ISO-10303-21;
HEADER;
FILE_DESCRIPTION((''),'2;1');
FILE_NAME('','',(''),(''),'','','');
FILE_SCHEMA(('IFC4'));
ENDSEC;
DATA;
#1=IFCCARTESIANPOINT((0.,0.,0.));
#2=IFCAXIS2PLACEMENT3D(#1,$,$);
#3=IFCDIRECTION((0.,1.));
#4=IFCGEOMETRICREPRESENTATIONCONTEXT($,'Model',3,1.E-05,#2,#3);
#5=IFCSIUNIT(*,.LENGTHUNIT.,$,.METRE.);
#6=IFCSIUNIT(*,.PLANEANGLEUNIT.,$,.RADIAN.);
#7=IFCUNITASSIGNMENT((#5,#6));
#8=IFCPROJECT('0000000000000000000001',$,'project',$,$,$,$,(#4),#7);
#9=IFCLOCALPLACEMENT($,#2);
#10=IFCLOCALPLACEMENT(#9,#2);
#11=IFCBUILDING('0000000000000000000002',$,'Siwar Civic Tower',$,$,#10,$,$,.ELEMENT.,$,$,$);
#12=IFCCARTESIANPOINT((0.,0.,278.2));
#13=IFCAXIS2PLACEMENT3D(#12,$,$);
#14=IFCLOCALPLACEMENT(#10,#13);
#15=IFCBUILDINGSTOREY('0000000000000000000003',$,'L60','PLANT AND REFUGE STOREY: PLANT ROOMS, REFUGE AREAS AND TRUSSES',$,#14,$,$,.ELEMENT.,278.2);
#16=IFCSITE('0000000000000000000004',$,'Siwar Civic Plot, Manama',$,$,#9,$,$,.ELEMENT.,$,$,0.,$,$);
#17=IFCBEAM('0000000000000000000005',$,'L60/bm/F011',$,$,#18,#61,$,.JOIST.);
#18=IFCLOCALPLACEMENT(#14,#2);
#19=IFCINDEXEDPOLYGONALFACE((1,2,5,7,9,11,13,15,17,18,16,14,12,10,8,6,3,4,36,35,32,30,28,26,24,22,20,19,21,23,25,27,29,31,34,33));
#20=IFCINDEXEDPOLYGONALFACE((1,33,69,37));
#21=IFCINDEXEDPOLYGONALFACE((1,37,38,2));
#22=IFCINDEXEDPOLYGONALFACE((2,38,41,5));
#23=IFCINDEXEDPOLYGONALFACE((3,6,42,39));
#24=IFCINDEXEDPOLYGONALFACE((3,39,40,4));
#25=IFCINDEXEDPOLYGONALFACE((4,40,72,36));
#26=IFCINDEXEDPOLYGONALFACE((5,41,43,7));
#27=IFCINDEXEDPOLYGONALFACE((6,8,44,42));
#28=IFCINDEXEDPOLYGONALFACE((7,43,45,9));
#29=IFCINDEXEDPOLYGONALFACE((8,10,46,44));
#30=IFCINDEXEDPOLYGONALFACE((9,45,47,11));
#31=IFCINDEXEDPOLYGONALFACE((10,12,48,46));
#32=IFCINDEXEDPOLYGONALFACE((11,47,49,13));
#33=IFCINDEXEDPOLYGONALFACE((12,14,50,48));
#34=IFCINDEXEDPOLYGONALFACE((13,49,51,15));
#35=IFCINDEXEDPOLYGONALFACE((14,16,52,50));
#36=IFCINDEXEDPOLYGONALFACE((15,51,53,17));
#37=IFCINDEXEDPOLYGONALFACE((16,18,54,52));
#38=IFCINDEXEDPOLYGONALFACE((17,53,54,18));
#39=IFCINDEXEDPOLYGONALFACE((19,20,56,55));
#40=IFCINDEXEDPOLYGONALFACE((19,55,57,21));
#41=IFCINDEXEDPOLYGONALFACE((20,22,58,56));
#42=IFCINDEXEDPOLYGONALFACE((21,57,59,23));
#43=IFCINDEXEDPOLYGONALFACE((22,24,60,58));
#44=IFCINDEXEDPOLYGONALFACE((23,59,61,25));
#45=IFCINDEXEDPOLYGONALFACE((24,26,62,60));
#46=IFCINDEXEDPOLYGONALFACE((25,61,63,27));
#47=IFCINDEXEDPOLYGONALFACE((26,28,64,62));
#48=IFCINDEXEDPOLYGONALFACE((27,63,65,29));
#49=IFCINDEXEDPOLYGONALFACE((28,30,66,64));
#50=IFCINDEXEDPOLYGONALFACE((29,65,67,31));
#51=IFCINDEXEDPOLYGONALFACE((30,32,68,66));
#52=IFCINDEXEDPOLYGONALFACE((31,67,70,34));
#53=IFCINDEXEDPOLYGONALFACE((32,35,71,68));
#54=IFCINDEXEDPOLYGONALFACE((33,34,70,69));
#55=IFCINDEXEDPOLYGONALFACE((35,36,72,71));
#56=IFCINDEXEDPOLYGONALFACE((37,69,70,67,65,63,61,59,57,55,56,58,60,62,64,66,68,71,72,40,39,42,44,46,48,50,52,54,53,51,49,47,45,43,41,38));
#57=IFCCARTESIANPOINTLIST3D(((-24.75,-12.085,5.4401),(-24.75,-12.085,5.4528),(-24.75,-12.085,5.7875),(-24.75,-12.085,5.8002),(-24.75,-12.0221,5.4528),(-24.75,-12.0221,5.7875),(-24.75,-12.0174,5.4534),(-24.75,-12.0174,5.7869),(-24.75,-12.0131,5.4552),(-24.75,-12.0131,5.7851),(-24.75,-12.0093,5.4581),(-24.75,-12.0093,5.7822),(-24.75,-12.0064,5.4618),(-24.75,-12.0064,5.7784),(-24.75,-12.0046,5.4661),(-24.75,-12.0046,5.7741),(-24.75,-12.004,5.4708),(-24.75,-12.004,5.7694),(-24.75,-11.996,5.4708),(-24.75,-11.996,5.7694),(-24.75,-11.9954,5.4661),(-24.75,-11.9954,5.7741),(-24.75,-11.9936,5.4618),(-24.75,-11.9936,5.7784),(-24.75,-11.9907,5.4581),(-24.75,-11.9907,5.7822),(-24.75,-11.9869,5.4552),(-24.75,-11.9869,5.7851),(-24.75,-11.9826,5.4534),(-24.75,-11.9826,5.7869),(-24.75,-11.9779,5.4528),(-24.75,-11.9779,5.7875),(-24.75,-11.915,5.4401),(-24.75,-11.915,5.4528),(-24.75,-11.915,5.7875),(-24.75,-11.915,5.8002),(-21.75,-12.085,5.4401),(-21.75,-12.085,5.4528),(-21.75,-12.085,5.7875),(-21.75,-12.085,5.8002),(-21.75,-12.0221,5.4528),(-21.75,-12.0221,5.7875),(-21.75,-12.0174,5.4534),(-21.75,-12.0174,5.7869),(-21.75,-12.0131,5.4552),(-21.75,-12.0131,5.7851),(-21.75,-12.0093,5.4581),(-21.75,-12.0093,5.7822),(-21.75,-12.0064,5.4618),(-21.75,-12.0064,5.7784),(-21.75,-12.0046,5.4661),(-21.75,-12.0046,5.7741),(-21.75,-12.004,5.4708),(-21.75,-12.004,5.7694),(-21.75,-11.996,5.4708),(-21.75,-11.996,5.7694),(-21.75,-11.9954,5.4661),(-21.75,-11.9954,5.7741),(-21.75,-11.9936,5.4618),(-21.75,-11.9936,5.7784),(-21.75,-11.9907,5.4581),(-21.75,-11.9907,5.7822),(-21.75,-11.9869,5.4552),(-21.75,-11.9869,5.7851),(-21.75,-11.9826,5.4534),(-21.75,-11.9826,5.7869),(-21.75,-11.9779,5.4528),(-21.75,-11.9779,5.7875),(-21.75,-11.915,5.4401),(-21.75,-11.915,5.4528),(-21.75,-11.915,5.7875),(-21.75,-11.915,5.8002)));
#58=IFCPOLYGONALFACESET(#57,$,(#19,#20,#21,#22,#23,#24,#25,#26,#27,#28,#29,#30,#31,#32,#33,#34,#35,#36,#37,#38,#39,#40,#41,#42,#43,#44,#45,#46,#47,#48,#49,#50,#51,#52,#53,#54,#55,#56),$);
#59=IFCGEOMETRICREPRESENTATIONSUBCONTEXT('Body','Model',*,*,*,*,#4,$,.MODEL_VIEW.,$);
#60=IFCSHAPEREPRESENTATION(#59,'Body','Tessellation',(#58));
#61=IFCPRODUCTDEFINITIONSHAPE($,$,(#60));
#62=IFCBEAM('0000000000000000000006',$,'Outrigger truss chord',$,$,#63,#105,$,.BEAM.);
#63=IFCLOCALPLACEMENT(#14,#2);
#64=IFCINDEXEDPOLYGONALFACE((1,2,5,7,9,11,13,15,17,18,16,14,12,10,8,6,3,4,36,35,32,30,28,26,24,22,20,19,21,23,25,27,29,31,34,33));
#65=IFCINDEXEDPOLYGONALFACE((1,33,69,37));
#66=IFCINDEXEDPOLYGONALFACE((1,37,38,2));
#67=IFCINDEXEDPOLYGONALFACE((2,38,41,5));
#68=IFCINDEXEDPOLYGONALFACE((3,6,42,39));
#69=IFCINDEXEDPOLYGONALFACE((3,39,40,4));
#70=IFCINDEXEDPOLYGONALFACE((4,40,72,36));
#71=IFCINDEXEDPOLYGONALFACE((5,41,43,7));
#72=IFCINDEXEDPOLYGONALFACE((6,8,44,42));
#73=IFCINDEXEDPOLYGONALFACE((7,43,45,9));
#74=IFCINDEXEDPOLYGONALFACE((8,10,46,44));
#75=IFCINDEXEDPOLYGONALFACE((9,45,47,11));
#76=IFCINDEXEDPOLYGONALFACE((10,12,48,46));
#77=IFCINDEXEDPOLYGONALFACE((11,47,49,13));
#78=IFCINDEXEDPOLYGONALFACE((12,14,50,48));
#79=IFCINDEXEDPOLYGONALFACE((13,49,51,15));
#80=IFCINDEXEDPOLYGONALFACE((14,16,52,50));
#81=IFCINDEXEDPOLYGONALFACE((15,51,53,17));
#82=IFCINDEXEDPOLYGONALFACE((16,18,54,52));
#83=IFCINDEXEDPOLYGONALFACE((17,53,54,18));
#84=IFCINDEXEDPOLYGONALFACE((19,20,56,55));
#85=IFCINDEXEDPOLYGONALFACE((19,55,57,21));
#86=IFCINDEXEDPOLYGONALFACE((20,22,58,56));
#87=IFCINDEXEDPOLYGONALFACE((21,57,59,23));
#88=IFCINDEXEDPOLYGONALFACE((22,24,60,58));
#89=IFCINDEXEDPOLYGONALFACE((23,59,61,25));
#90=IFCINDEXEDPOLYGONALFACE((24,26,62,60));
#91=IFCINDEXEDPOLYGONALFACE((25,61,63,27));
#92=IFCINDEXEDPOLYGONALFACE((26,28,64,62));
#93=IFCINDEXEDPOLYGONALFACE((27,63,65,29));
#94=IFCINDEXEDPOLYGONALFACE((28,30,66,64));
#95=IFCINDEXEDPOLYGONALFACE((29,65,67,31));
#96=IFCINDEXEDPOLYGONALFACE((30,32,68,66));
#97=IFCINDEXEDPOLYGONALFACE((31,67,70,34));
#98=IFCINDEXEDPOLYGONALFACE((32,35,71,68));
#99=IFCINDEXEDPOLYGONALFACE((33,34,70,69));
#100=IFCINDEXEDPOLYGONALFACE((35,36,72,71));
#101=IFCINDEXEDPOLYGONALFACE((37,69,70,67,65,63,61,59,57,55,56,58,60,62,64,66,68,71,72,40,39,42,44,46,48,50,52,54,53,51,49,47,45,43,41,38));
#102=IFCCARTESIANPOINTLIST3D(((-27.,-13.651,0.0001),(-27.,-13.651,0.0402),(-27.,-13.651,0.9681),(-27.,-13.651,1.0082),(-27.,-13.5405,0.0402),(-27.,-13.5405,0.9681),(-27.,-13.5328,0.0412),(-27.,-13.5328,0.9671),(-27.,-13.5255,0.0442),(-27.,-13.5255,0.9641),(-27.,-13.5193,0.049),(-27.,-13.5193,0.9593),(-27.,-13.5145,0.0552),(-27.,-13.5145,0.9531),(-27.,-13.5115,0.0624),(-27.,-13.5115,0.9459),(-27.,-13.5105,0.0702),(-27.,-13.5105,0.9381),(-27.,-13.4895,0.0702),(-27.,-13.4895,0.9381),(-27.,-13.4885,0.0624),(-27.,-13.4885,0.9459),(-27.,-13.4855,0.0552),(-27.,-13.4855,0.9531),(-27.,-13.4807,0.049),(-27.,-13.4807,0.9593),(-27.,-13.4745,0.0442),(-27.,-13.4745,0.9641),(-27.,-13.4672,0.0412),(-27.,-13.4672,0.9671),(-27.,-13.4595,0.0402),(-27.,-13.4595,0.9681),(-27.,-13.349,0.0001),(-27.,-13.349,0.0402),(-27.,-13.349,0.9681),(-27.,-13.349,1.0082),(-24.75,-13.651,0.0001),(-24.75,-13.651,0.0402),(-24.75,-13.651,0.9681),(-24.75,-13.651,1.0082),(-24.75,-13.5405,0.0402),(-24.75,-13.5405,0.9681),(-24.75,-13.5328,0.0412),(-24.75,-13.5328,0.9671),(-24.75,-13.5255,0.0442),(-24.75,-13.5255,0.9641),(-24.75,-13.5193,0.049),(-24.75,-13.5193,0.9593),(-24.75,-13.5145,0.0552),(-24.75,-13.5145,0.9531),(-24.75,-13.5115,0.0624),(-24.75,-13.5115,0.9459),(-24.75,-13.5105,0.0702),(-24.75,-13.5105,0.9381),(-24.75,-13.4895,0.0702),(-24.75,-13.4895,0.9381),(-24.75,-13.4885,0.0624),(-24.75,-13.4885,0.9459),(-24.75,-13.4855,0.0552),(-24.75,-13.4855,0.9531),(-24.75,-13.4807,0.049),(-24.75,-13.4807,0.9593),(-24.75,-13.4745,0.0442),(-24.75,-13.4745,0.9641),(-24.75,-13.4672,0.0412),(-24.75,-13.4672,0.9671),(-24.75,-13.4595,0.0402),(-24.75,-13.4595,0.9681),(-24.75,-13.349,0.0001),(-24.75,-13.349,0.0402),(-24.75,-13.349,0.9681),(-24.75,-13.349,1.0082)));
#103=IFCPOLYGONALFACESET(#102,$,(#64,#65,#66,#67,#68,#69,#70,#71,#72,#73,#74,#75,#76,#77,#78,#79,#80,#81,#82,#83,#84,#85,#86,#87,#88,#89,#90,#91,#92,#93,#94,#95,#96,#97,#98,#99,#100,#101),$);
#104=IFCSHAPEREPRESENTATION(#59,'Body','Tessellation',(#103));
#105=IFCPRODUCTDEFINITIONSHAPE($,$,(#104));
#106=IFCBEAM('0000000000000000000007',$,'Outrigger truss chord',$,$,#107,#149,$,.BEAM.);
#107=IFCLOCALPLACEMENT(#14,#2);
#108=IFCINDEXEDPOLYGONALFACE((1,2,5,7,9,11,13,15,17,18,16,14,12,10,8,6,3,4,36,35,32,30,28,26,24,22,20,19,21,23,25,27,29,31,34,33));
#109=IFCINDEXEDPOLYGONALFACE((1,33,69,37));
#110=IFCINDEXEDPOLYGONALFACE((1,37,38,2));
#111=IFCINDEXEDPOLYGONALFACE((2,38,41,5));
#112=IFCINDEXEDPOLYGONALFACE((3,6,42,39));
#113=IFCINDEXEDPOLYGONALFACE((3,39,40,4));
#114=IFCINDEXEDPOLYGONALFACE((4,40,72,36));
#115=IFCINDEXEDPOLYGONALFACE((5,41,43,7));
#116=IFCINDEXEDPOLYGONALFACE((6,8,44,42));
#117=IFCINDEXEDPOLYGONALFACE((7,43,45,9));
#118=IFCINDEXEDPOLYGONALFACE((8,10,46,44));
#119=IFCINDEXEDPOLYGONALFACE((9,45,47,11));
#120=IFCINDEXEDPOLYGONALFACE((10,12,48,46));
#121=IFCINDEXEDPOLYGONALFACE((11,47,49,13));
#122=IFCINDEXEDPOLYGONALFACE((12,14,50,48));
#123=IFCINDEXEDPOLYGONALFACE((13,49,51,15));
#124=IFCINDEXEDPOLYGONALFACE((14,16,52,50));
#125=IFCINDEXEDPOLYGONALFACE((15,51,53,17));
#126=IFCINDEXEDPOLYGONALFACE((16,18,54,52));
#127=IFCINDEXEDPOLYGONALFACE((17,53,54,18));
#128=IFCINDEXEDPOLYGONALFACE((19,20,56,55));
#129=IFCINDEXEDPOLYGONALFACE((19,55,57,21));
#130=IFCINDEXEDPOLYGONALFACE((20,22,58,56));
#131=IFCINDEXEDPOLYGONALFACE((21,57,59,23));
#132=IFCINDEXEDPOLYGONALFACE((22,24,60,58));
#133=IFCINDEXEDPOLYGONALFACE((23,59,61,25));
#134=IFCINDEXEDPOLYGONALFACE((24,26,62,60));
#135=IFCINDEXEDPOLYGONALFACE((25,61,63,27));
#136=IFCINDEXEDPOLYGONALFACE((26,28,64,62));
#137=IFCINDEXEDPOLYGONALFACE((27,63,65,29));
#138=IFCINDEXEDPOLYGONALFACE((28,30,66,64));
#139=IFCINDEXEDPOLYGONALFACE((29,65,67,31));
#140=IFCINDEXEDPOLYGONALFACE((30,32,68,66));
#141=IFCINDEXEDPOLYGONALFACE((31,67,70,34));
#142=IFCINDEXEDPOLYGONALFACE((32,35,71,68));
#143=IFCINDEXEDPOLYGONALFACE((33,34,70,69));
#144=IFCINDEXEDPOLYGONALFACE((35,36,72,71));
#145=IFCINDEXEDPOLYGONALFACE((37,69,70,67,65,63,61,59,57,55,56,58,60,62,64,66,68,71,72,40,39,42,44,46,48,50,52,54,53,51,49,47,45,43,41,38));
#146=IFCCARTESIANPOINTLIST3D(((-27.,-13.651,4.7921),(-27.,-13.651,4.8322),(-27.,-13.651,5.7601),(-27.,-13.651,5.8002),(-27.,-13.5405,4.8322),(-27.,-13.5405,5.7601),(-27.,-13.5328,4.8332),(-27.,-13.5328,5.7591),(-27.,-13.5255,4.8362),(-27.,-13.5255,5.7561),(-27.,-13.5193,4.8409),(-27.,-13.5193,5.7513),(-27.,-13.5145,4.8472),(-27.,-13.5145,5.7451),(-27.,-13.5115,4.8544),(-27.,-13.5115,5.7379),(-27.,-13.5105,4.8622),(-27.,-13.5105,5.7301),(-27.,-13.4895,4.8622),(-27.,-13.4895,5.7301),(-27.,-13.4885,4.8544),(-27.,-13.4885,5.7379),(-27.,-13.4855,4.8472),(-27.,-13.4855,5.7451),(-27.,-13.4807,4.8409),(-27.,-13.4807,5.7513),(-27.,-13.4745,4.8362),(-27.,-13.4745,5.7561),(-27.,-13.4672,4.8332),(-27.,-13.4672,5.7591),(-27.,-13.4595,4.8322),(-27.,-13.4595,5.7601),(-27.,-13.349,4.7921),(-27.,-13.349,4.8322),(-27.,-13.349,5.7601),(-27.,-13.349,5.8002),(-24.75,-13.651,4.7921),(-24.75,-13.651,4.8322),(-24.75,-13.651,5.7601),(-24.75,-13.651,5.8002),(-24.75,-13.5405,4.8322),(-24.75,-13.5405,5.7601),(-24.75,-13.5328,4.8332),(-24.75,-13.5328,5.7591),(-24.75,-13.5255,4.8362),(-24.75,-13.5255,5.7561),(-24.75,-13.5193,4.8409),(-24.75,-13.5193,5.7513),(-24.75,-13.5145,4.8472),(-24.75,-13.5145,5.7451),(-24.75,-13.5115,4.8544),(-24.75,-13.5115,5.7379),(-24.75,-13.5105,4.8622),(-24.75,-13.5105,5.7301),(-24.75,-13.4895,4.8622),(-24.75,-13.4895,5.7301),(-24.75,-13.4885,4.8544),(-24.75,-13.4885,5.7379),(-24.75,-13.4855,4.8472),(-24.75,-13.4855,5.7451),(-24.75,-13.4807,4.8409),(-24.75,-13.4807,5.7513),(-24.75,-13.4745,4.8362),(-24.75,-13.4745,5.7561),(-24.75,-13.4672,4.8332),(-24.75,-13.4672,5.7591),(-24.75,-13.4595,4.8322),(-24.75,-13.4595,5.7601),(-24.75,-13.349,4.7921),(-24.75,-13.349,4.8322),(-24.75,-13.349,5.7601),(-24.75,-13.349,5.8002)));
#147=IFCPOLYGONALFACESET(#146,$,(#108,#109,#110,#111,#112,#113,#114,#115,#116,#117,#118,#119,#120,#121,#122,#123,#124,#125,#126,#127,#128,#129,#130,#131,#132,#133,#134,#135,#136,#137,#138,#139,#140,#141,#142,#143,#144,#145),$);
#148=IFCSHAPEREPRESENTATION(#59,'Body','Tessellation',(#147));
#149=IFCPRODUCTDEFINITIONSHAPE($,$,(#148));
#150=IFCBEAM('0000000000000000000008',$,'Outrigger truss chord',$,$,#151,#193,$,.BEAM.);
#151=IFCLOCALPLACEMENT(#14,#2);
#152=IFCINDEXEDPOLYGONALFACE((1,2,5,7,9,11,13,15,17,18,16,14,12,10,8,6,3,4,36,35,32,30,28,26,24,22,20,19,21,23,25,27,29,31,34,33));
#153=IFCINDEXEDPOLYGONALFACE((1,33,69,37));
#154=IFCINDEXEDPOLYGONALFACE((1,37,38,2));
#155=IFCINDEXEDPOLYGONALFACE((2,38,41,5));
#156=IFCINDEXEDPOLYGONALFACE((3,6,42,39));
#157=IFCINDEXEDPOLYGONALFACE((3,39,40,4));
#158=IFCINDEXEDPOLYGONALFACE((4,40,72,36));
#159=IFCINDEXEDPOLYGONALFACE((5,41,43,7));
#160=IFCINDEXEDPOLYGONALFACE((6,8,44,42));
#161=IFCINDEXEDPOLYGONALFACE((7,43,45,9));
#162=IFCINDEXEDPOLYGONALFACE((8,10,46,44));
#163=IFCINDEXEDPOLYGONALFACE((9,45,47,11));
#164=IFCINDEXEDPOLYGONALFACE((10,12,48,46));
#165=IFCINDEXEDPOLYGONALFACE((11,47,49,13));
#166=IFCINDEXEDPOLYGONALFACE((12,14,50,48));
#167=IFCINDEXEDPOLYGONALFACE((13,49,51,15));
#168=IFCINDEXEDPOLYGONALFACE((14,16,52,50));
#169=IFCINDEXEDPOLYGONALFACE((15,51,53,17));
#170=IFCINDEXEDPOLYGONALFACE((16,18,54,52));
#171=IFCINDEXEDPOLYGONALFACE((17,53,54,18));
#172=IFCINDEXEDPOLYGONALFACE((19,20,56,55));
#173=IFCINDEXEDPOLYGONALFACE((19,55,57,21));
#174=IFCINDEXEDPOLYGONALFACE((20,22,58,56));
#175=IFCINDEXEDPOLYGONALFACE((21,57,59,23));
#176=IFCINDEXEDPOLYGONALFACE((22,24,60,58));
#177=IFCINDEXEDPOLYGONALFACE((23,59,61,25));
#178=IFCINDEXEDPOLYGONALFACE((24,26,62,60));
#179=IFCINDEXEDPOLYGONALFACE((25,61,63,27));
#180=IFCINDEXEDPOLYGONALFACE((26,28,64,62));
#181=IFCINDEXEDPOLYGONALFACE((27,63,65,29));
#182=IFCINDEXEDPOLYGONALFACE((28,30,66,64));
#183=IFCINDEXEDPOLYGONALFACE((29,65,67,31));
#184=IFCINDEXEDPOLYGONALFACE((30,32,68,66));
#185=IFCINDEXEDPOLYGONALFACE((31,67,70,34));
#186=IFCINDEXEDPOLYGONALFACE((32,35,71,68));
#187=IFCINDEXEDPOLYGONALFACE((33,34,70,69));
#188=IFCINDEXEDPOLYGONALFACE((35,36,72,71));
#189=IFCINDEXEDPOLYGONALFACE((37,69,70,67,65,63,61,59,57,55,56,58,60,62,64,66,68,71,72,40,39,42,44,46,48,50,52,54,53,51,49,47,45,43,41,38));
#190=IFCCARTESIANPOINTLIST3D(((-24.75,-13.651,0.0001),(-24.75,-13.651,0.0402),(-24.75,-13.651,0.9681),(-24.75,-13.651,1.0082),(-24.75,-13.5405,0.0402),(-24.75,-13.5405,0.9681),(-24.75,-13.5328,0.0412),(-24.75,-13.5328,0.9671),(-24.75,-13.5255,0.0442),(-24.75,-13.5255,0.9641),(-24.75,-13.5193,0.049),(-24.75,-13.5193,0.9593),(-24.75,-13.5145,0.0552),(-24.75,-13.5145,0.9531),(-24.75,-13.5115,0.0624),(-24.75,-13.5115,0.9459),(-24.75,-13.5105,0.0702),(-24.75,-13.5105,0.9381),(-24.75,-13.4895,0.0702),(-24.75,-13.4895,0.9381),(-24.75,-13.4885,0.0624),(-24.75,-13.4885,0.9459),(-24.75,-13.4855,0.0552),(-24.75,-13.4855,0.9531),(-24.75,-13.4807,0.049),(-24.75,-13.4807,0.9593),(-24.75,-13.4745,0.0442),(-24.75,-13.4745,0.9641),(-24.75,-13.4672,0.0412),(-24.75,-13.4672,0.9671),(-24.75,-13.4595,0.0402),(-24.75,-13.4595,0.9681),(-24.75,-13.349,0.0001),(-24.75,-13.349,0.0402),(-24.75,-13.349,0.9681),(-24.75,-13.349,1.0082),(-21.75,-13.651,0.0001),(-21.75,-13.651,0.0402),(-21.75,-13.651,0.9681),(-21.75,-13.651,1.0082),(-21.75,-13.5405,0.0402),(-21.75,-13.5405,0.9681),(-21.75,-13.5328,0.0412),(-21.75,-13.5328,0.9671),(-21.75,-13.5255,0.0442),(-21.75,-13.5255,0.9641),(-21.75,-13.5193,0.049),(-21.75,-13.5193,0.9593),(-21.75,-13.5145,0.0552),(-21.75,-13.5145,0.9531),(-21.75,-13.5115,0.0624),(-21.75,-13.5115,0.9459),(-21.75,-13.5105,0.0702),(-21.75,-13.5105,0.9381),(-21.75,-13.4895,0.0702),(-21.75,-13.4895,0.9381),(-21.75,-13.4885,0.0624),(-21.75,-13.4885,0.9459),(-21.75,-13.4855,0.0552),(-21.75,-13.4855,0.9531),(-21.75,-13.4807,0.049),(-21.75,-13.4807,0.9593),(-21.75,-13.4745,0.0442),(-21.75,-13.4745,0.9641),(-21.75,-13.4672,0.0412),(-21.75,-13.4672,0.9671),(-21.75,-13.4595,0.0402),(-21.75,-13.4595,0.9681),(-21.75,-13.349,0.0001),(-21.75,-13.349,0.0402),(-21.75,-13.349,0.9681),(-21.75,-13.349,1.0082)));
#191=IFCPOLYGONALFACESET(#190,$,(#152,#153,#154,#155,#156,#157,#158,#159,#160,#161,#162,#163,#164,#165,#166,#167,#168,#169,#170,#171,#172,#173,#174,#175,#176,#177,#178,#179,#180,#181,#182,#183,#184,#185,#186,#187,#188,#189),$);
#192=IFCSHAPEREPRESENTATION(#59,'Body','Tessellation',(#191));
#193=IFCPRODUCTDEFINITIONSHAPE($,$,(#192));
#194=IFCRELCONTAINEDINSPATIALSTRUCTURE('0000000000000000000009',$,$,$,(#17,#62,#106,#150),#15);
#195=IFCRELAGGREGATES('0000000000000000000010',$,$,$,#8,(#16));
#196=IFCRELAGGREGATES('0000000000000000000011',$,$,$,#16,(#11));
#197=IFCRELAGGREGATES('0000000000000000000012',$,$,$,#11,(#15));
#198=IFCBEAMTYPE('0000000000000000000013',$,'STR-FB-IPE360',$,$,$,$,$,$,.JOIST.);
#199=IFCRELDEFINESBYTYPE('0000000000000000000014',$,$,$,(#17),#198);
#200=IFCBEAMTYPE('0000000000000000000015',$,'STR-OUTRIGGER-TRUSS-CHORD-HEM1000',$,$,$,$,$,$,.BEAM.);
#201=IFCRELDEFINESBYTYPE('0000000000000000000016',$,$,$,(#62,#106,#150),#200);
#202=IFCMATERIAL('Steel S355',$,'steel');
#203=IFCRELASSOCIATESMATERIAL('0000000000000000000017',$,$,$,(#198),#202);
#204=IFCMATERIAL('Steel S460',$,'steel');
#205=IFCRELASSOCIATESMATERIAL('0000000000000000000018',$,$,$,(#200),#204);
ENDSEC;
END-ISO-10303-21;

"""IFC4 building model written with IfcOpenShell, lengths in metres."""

from ifc_helpers import new_model, si_unit, direction, frame, origin, origin_2d, place, context, subcontext, project, spatial, i_section, extrude, material, material_profile, profile_set, type_object, element, save


model = new_model("IFC4")

# Units and contexts
model_context = context("Model", 3, precision=1e-05, world=origin(), true_north=direction((0.0, 1.0)))
body_context = subcontext(model_context, "Body", "Model", "MODEL_VIEW")
ifc_project = project(units=[si_unit("LENGTHUNIT", "METRE"), si_unit("PLANEANGLEUNIT", "RADIAN")], contexts=[model_context])

# Site, building, storey
site_placement = place(None, origin())
site = spatial("IfcSite", under=ifc_project, at=site_placement, Name="Siwar Civic Plot, Manama", CompositionType="ELEMENT", RefElevation=0.0)
building_placement = place(site_placement, origin())
building = spatial("IfcBuilding", under=site, at=building_placement, Name="Siwar Civic Tower", CompositionType="ELEMENT")
storey_placement = place(building_placement, frame((0.0, 0.0, 278.2)))
storey = spatial("IfcBuildingStorey", under=building, at=storey_placement, Name="L60", Description="PLANT AND REFUGE STOREY: PLANT ROOMS, REFUGE AREAS AND TRUSSES", CompositionType="ELEMENT", Elevation=278.2)

# Beams
ifc_material_1 = material(Name="Steel S355", Category="steel")
ifc_material_profile_1 = material_profile(ifc_material_1, i_section(OverallWidth=0.1699, OverallDepth=0.3601, WebThickness=0.0081, FlangeThickness=0.0127, FilletRadius=0.0181, at=origin_2d()), Name="IPE360")
ifc_profile_set_1 = profile_set([ifc_material_profile_1], Name="Steel S355")
beam_type_1 = type_object("IfcBeamType", Name="STR-FB-IPE360", PredefinedType="JOIST", material=ifc_profile_set_1)
beam_placement = place(storey_placement, frame((-24.75, -12.0, 5.6201), z_axis=(1.0, 0.0, 0.0), x_axis=(0.0, 1.0, 0.0)))
element("IfcBeam", 1, at=beam_placement, inside=storey, type_object=beam_type_1, Name="L60/bm/F011", PredefinedType="JOIST", context=body_context, shape_type="SweptSolid", body=[
    extrude(i_section(OverallWidth=0.1699, OverallDepth=0.3601, WebThickness=0.0081, FlangeThickness=0.0127, FilletRadius=0.0181, at=origin_2d()), origin(), (0.0, 0.0, 1.0), 3.0),
])
ifc_material_2 = material(Name="Steel S460", Category="steel")
ifc_material_profile_2 = material_profile(ifc_material_2, i_section(OverallWidth=0.302, OverallDepth=1.0081, WebThickness=0.021, FlangeThickness=0.04, FilletRadius=0.03, at=origin_2d()), Name="HEM1000")
ifc_profile_set_2 = profile_set([ifc_material_profile_2], Name="Steel S460")
beam_type_2 = type_object("IfcBeamType", Name="STR-OUTRIGGER-TRUSS-CHORD-HEM1000", PredefinedType="BEAM", material=ifc_profile_set_2)
for number, where, z_axis, x_axis, name in (
    (2, (-24.75, -13.5, 0.5042), (-1.0, 0.0, 0.0), (0.0, -1.0, 0.0), "Outrigger truss chord"),
    (3, (-24.75, -13.5, 5.2961), (-1.0, 0.0, 0.0), (0.0, -1.0, 0.0), "Outrigger truss chord"),
):
    element("IfcBeam", number, at=place(storey_placement, frame(where, z_axis=z_axis, x_axis=x_axis)), inside=storey, type_object=beam_type_2, Name=name, PredefinedType="BEAM", context=body_context, shape_type="SweptSolid", body=[
        extrude(i_section(OverallWidth=0.302, OverallDepth=1.0081, WebThickness=0.021, FlangeThickness=0.04, FilletRadius=0.03, at=origin_2d()), origin(), (0.0, 0.0, 1.0), 2.25),
    ])
for number, where, z_axis, x_axis, name in (
    (4, (-24.75, -13.5, 0.5042), (1.0, 0.0, 0.0), (0.0, 1.0, 0.0), "Outrigger truss chord"),
):
    element("IfcBeam", number, at=place(storey_placement, frame(where, z_axis=z_axis, x_axis=x_axis)), inside=storey, type_object=beam_type_2, Name=name, PredefinedType="BEAM", context=body_context, shape_type="SweptSolid", body=[
        extrude(i_section(OverallWidth=0.302, OverallDepth=1.0081, WebThickness=0.021, FlangeThickness=0.04, FilletRadius=0.03, at=origin_2d()), origin(), (0.0, 0.0, 1.0), 3.0),
    ])

save(model, "model.ifc")
